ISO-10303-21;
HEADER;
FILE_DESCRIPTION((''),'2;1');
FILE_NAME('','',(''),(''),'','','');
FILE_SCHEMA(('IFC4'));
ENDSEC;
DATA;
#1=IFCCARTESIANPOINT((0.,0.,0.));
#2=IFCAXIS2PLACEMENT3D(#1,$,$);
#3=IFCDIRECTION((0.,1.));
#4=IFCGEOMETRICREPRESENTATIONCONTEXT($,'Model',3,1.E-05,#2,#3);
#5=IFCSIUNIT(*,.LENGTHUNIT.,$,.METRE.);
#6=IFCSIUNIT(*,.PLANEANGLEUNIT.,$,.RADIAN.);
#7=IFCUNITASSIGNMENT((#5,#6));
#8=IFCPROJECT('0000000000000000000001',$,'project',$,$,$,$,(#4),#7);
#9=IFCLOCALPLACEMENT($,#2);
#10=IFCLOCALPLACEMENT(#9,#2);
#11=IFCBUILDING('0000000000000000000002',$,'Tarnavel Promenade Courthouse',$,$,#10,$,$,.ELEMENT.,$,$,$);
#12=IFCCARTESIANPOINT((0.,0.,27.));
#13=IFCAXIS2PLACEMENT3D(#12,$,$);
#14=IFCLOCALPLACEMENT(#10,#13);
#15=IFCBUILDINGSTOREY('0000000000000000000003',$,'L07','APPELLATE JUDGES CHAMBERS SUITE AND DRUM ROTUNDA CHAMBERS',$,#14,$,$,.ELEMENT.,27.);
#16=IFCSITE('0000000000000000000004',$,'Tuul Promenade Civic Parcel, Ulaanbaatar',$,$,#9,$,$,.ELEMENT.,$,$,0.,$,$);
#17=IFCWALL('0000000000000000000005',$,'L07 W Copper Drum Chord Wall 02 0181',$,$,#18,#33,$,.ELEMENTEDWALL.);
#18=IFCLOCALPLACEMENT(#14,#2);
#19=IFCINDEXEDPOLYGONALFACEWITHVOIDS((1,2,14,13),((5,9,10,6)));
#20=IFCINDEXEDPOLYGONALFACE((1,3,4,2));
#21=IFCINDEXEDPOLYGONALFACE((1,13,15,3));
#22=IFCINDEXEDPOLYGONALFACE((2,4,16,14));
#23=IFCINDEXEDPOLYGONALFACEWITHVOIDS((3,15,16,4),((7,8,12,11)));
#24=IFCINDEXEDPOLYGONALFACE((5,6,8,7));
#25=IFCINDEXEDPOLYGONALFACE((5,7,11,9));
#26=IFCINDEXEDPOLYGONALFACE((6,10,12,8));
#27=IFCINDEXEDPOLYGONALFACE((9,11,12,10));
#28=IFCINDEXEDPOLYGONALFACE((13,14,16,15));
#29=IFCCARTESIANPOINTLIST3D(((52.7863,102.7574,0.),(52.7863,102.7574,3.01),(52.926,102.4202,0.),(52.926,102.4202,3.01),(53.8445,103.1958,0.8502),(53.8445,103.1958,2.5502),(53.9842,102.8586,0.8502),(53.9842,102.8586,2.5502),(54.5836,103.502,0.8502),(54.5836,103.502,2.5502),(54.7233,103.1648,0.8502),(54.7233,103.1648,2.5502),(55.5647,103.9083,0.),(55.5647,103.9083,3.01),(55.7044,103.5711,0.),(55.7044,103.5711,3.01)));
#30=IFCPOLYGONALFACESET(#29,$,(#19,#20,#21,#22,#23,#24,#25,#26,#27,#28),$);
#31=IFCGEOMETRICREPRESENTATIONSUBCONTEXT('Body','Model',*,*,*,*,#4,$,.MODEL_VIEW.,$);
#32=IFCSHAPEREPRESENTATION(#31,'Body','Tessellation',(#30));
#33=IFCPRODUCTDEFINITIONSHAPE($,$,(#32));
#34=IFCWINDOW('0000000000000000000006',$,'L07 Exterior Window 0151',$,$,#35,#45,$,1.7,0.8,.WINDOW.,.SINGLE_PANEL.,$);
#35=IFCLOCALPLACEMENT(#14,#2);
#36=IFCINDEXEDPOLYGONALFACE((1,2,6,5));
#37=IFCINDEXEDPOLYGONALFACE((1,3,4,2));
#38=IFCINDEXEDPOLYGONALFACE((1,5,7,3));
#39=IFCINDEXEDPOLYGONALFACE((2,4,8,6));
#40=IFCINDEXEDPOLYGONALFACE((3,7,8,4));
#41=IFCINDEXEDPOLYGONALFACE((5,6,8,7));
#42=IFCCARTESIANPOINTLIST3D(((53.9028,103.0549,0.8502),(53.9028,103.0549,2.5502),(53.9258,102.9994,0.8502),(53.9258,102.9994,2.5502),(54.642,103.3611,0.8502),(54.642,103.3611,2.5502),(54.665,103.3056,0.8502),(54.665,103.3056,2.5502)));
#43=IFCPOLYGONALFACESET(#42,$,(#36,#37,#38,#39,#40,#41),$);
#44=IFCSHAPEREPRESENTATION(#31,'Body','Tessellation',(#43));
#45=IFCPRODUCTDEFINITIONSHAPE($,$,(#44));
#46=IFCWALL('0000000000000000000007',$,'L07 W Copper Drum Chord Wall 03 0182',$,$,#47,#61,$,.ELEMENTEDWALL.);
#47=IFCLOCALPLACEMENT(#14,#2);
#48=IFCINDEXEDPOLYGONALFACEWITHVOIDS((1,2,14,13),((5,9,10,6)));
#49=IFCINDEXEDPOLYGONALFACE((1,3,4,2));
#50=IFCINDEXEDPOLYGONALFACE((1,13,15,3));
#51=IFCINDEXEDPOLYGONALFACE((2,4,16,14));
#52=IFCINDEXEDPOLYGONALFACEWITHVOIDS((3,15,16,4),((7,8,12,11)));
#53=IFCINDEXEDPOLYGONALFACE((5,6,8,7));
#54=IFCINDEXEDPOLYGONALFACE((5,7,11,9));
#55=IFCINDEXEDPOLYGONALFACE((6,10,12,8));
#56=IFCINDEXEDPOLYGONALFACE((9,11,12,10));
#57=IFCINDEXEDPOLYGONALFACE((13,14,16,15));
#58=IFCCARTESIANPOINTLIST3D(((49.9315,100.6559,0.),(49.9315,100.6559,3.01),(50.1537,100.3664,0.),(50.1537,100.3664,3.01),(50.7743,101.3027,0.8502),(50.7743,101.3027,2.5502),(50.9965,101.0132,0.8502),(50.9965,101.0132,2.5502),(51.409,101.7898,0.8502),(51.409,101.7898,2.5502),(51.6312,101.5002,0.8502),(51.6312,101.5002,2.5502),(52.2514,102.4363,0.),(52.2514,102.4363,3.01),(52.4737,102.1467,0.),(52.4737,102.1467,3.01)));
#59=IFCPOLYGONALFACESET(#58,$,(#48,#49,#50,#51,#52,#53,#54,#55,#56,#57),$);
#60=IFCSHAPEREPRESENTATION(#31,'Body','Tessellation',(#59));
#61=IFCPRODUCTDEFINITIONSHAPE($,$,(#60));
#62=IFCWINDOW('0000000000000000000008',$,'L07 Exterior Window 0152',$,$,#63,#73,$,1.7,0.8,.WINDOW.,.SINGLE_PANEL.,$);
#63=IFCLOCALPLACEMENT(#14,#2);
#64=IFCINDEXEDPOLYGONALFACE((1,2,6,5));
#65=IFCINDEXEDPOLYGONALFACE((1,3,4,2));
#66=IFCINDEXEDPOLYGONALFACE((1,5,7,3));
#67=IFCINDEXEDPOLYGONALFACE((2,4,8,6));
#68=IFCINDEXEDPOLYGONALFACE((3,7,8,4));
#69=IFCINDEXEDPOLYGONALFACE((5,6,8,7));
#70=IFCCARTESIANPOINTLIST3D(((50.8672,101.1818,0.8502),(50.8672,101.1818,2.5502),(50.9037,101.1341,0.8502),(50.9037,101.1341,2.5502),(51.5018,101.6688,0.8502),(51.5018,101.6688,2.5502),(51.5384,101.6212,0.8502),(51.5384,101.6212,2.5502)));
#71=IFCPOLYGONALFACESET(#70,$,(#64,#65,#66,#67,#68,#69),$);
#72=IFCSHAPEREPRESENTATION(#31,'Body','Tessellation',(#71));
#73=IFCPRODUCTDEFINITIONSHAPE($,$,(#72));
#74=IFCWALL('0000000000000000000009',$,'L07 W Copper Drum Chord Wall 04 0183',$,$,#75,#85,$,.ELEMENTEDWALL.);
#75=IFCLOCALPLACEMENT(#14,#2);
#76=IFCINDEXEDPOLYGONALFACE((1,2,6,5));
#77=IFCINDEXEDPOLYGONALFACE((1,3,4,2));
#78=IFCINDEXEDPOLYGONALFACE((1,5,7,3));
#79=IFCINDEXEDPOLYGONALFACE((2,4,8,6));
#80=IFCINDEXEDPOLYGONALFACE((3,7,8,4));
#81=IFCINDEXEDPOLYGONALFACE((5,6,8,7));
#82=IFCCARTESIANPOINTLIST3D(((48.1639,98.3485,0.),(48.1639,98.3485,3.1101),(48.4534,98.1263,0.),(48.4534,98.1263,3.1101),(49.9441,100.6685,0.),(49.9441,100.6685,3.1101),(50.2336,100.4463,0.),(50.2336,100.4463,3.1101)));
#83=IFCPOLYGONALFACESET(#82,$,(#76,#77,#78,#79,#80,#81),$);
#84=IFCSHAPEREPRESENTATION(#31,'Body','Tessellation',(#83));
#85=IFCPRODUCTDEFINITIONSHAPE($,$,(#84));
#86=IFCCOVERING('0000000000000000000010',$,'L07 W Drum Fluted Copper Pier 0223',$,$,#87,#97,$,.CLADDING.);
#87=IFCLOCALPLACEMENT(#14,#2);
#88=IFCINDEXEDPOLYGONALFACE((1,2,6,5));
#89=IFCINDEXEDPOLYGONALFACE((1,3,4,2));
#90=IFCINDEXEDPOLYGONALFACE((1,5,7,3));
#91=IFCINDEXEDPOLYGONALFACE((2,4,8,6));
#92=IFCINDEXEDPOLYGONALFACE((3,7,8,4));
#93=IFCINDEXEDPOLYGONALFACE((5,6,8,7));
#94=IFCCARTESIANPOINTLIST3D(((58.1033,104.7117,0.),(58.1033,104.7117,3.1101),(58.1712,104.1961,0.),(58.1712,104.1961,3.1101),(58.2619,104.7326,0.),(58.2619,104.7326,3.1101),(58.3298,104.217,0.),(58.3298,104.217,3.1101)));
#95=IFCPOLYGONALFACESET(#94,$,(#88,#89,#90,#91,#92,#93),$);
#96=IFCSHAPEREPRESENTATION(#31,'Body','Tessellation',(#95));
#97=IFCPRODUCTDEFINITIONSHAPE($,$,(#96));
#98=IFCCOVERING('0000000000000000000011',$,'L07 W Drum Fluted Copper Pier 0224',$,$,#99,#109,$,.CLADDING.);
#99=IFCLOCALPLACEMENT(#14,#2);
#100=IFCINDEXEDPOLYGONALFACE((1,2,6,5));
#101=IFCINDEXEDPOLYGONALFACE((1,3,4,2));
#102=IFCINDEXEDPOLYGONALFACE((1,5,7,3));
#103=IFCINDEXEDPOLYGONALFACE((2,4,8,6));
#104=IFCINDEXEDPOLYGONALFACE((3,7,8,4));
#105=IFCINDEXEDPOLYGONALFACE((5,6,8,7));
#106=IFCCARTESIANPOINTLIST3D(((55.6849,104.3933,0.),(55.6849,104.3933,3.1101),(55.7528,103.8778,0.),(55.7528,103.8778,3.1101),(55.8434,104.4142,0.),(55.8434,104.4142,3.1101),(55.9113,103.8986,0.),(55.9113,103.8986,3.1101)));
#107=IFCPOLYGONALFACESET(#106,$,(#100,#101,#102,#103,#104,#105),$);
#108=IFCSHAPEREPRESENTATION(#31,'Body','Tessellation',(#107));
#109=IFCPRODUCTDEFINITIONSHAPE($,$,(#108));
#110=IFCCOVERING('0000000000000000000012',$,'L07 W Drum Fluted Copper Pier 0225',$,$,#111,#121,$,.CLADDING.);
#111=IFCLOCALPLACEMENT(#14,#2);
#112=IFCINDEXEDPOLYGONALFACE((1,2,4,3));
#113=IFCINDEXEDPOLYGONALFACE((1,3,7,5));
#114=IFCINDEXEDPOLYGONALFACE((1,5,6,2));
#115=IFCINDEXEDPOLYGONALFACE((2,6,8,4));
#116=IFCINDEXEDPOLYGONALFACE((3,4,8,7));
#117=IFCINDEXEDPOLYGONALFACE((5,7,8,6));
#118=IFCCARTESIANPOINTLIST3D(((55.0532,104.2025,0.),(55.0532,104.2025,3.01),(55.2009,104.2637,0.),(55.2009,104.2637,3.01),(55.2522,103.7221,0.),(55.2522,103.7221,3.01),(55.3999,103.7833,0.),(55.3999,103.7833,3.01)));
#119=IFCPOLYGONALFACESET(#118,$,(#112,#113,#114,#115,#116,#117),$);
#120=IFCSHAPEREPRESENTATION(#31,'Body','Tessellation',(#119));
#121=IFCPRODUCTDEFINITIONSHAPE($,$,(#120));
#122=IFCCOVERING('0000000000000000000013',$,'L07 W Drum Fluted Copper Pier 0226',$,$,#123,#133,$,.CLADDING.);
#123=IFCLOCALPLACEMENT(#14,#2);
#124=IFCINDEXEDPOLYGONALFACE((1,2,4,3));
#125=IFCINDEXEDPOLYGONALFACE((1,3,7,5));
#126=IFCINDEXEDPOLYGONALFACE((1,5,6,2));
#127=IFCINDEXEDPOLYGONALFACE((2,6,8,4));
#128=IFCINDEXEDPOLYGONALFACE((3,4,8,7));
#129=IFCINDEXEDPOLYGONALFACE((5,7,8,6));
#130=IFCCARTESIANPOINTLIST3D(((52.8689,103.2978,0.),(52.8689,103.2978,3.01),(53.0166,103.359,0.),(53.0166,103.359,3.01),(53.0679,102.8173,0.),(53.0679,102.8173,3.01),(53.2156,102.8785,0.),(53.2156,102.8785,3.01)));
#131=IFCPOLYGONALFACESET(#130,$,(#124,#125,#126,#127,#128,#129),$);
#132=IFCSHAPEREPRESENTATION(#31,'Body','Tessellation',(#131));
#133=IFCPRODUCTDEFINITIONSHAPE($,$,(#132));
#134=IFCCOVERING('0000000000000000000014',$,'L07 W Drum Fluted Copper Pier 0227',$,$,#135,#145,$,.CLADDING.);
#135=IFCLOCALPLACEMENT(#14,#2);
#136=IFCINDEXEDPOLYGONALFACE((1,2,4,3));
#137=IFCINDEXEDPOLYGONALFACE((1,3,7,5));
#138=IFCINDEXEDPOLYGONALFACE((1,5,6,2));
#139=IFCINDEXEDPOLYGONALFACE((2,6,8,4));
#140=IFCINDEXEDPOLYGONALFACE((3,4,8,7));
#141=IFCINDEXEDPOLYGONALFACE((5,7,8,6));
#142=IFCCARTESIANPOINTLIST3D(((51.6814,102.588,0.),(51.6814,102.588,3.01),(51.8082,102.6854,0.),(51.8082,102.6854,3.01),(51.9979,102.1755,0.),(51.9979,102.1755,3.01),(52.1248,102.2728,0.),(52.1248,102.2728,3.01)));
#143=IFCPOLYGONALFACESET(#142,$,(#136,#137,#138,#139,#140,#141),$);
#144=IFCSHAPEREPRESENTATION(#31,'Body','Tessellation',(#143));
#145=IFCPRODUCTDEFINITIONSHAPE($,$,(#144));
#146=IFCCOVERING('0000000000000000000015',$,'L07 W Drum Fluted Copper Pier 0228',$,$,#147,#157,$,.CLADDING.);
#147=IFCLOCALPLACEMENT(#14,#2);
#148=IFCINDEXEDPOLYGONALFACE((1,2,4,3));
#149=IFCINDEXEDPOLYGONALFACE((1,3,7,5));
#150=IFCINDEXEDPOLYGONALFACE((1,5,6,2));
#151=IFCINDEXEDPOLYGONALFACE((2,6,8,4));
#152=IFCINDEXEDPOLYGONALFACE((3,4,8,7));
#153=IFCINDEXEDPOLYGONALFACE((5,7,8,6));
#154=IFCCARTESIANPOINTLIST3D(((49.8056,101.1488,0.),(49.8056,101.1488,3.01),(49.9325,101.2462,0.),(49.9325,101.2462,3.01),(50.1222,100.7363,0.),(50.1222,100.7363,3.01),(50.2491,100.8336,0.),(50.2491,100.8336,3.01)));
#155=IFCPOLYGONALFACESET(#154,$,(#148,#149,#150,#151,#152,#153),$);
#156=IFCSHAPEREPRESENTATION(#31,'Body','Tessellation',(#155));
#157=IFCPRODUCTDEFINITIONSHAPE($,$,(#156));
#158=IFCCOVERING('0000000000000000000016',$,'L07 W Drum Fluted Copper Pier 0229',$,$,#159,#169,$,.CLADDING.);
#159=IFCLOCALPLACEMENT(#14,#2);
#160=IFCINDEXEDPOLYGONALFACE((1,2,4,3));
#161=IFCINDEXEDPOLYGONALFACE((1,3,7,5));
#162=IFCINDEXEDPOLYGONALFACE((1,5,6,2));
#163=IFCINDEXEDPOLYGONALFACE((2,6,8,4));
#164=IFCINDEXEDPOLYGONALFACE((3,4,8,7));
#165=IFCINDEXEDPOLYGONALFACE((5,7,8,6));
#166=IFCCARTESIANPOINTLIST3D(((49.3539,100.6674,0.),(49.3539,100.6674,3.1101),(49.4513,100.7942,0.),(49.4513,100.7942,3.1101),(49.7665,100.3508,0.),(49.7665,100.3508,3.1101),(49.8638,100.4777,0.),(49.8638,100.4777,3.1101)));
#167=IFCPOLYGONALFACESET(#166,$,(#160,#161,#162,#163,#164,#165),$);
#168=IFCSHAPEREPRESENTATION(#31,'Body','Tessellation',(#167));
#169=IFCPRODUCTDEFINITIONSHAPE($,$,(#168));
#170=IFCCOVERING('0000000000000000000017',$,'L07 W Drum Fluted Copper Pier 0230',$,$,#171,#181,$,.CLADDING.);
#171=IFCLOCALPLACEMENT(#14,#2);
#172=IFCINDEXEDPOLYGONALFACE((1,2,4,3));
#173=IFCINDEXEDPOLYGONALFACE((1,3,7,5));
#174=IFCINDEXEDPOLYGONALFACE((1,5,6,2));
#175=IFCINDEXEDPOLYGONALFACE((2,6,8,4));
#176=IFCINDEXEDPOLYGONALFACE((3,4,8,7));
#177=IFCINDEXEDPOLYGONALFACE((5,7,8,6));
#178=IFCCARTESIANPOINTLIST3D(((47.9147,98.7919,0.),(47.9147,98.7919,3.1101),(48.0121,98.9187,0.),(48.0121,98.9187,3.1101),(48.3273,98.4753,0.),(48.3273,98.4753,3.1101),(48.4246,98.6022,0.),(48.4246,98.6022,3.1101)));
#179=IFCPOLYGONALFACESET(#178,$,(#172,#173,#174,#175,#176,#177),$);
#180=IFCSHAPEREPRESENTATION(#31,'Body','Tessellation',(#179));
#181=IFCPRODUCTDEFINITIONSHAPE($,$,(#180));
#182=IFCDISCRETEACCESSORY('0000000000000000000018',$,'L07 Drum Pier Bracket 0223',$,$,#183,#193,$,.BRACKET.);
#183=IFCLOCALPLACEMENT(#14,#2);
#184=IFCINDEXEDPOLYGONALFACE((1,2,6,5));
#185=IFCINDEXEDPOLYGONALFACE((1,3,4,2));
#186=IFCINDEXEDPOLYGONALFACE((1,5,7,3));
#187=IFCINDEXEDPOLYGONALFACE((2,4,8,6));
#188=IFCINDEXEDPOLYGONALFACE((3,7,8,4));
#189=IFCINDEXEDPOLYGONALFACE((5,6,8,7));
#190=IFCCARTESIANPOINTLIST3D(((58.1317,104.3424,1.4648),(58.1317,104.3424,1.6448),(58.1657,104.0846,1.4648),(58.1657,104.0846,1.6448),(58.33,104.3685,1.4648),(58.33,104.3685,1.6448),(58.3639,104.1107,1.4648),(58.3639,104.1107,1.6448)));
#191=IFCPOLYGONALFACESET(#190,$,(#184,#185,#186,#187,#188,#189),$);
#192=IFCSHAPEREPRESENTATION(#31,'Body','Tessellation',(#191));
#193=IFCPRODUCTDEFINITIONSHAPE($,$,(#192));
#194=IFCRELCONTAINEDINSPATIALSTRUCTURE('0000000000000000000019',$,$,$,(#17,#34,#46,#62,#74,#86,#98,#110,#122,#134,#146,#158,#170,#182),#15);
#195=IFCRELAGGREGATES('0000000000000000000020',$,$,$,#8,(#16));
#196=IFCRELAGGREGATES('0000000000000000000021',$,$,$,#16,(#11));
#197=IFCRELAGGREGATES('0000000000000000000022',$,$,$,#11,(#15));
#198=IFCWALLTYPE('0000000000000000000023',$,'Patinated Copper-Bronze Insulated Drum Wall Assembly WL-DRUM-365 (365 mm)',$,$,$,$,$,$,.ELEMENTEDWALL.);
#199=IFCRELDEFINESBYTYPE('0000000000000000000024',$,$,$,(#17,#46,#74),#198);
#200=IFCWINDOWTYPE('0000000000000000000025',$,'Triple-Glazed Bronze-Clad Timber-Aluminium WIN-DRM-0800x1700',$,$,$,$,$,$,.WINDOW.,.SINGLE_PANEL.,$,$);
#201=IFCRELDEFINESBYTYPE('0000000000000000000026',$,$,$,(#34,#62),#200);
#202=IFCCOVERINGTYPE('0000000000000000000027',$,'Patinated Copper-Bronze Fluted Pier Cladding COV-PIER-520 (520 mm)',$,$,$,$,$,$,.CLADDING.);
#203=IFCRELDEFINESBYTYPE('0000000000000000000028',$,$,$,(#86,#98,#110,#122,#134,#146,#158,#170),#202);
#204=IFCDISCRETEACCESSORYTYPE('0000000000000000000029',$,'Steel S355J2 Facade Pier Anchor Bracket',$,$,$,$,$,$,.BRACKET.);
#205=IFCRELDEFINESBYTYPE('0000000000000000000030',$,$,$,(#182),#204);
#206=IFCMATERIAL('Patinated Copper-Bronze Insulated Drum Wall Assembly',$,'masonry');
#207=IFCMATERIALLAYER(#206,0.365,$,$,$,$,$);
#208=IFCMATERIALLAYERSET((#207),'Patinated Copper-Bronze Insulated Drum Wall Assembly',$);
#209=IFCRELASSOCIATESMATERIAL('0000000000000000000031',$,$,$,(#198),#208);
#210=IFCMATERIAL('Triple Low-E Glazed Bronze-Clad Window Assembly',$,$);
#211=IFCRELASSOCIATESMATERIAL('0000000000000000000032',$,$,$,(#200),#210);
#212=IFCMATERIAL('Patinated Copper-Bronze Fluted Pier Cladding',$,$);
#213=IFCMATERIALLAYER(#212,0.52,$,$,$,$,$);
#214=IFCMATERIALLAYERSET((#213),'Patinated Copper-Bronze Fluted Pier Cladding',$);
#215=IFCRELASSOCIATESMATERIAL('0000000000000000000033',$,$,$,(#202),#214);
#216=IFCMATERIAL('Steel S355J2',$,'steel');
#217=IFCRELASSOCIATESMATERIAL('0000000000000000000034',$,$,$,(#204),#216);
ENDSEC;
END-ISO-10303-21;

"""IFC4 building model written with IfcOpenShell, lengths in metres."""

from ifc_helpers import new_model, si_unit, direction, frame, frame_2d, origin, origin_2d, place, context, subcontext, project, spatial, rectangle, extrude, material, layer, layer_set, type_object, element, fill, save


model = new_model("IFC4")

# Units and contexts
model_context = context("Model", 3, precision=1e-05, world=origin(), true_north=direction((0.0, 1.0)))
body_context = subcontext(model_context, "Body", "Model", "MODEL_VIEW")
ifc_project = project(units=[si_unit("LENGTHUNIT", "METRE"), si_unit("PLANEANGLEUNIT", "RADIAN")], contexts=[model_context])

# Site, building, storey
site_placement = place(None, origin())
site = spatial("IfcSite", under=ifc_project, at=site_placement, Name="Tuul Promenade Civic Parcel, Ulaanbaatar", CompositionType="ELEMENT", RefElevation=0.0)
building_placement = place(site_placement, origin())
building = spatial("IfcBuilding", under=site, at=building_placement, Name="Tarnavel Promenade Courthouse", CompositionType="ELEMENT")
storey_placement = place(building_placement, frame((0.0, 0.0, 27.0)))
storey = spatial("IfcBuildingStorey", under=building, at=storey_placement, Name="L07", Description="APPELLATE JUDGES CHAMBERS SUITE AND DRUM ROTUNDA CHAMBERS", CompositionType="ELEMENT", Elevation=27.0)

# Shared definitions
ifc_material_1 = material(Name="Steel S355J2", Category="steel")

# Walls, openings, windows
ifc_material_2 = material(Name="Patinated Copper-Bronze Insulated Drum Wall Assembly", Category="masonry")
ifc_layer_1 = layer(ifc_material_2, 0.365)
ifc_layer_set_1 = layer_set([ifc_layer_1], Name="Patinated Copper-Bronze Insulated Drum Wall Assembly")
wall_type_1 = type_object("IfcWallType", Name="Patinated Copper-Bronze Insulated Drum Wall Assembly WL-DRUM-365 (365 mm)", PredefinedType="ELEMENTEDWALL", material=ifc_layer_set_1)
wall_1_placement = place(storey_placement, frame((55.6345, 103.7397, 0.0), z_axis=(0.0, 0.0, 1.0), x_axis=(-0.923872, -0.382701, 0.0)))
wall_1 = element("IfcWall", 1, at=wall_1_placement, inside=storey, type_object=wall_type_1, Name="L07 W Copper Drum Chord Wall 02 0181", PredefinedType="ELEMENTEDWALL", context=body_context, shape_type="SweptSolid", body=[
    extrude(rectangle(XDim=3.0073, YDim=0.365, at=frame_2d((1.5037, 0.0))), origin(), (0.0, 0.0, 1.0), 3.01),
])
opening_1_placement = place(wall_1_placement, frame((1.062, 0.0, 0.8501)))
opening_1 = element("IfcOpeningElement", 2, at=opening_1_placement, cuts=wall_1, PredefinedType="OPENING", context=body_context, shape_type="SweptSolid", body=[
    extrude(rectangle(XDim=0.8, YDim=1.7, at=frame_2d((0.3999, 0.8501))), frame((0.0, 0.1924, 0.0), z_axis=(0.0, -1.0, 0.0), x_axis=(1.0, 0.0, 0.0)), (0.0, 0.0, 1.0), 0.385),
])
ifc_material_3 = material(Name="Triple Low-E Glazed Bronze-Clad Window Assembly")
window_type = type_object("IfcWindowType", Name="Triple-Glazed Bronze-Clad Timber-Aluminium WIN-DRM-0800x1700", PartitioningType="SINGLE_PANEL", PredefinedType="WINDOW", material=ifc_material_3)
window_1_placement = place(opening_1_placement, origin())
window_1 = element("IfcWindow", 3, at=window_1_placement, inside=storey, type_object=window_type, Name="L07 Exterior Window 0151", OverallHeight=1.7, OverallWidth=0.8, PartitioningType="SINGLE_PANEL", PredefinedType="WINDOW", context=body_context, shape_type="SweptSolid", body=[
    extrude(rectangle(XDim=0.8, YDim=1.7, at=frame_2d((0.3999, 0.8501))), frame((0.0, 0.03, 0.0), z_axis=(0.0, -1.0, 0.0), x_axis=(1.0, 0.0, 0.0)), (0.0, 0.0, 1.0), 0.0601),
])
fill(opening_1, window_1)
wall_2_placement = place(storey_placement, frame((52.3625, 102.2915, 0.0), z_axis=(0.0, 0.0, 1.0), x_axis=(-0.793319, -0.608807, 0.0)))
wall_2 = element("IfcWall", 4, at=wall_2_placement, inside=storey, type_object=wall_type_1, Name="L07 W Copper Drum Chord Wall 03 0182", PredefinedType="ELEMENTEDWALL", context=body_context, shape_type="SweptSolid", body=[
    extrude(rectangle(XDim=2.9243, YDim=0.365, at=frame_2d((1.4622, 0.0))), origin(), (0.0, 0.0, 1.0), 3.01),
])
opening_2_placement = place(wall_2_placement, frame((1.062, 0.0, 0.8501)))
opening_2 = element("IfcOpeningElement", 5, at=opening_2_placement, cuts=wall_2, PredefinedType="OPENING", context=body_context, shape_type="SweptSolid", body=[
    extrude(rectangle(XDim=0.8, YDim=1.7, at=frame_2d((0.3999, 0.8501))), frame((0.0, 0.1924, 0.0), z_axis=(0.0, -1.0, 0.0), x_axis=(1.0, 0.0, 0.0)), (0.0, 0.0, 1.0), 0.385),
])
window_2_placement = place(opening_2_placement, origin())
window_2 = element("IfcWindow", 6, at=window_2_placement, inside=storey, type_object=window_type, Name="L07 Exterior Window 0152", OverallHeight=1.7, OverallWidth=0.8, PartitioningType="SINGLE_PANEL", PredefinedType="WINDOW", context=body_context, shape_type="SweptSolid", body=[
    extrude(rectangle(XDim=0.8, YDim=1.7, at=frame_2d((0.3999, 0.8501))), frame((0.0, 0.03, 0.0), z_axis=(0.0, -1.0, 0.0), x_axis=(1.0, 0.0, 0.0)), (0.0, 0.0, 1.0), 0.0601),
])
fill(opening_2, window_2)

# Wall
wall_3_placement = place(storey_placement, frame((50.0889, 100.5574, 0.0), z_axis=(0.0, 0.0, 1.0), x_axis=(-0.608766, -0.79335, 0.0)))
element("IfcWall", 7, at=wall_3_placement, inside=storey, type_object=wall_type_1, Name="L07 W Copper Drum Chord Wall 04 0183", PredefinedType="ELEMENTEDWALL", context=body_context, shape_type="SweptSolid", body=[
    extrude(rectangle(XDim=2.9243, YDim=0.365, at=frame_2d((1.4622, 0.0))), origin(), (0.0, 0.0, 1.0), 3.1101),
])

# Coverings
ifc_material_4 = material(Name="Patinated Copper-Bronze Fluted Pier Cladding")
ifc_layer_2 = layer(ifc_material_4, 0.52)
ifc_layer_set_2 = layer_set([ifc_layer_2], Name="Patinated Copper-Bronze Fluted Pier Cladding")
covering_type = type_object("IfcCoveringType", Name="Patinated Copper-Bronze Fluted Pier Cladding COV-PIER-520 (520 mm)", PredefinedType="CLADDING", material=ifc_layer_set_2)
for number, where, z_axis, x_axis, name in (
    (8, (58.2166, 104.4644, 0.0), (0.0, 0.0, 1.0), (-0.991445, -0.130526, 0.0), "L07 W Drum Fluted Copper Pier 0223"),
    (9, (55.7981, 104.146, 0.0), (0.0, 0.0, 1.0), (-0.991445, -0.130526, 0.0), "L07 W Drum Fluted Copper Pier 0224"),
):
    element("IfcCovering", number, at=place(storey_placement, frame(where, z_axis=z_axis, x_axis=x_axis)), inside=storey, type_object=covering_type, Name=name, PredefinedType="CLADDING", context=body_context, shape_type="SweptSolid", body=[
        extrude(rectangle(XDim=0.1599, YDim=0.52, at=origin_2d()), origin(), (0.0, 0.0, 1.0), 3.1101),
    ])
for number, where, z_axis, x_axis, name in (
    (10, (55.2266, 103.9929, 0.0), (0.0, 0.0, 1.0), (-0.92388, -0.382683, 0.0), "L07 W Drum Fluted Copper Pier 0225"),
    (11, (53.0422, 103.0881, 0.0), (0.0, 0.0, 1.0), (-0.92388, -0.382683, 0.0), "L07 W Drum Fluted Copper Pier 0226"),
    (12, (51.9031, 102.4304, 0.0), (0.0, 0.0, 1.0), (-0.793353, -0.608761, 0.0), "L07 W Drum Fluted Copper Pier 0227"),
    (13, (50.0273, 100.9912, 0.0), (0.0, 0.0, 1.0), (-0.793353, -0.608761, 0.0), "L07 W Drum Fluted Copper Pier 0228"),
):
    element("IfcCovering", number, at=place(storey_placement, frame(where, z_axis=z_axis, x_axis=x_axis)), inside=storey, type_object=covering_type, Name=name, PredefinedType="CLADDING", context=body_context, shape_type="SweptSolid", body=[
        extrude(rectangle(XDim=0.1599, YDim=0.52, at=origin_2d()), origin(), (0.0, 0.0, 1.0), 3.01),
    ])
for number, where, z_axis, x_axis, name in (
    (14, (49.6089, 100.5725, 0.0), (0.0, 0.0, 1.0), (-0.608761, -0.793353, 0.0), "L07 W Drum Fluted Copper Pier 0229"),
    (15, (48.1697, 98.697, 0.0), (0.0, 0.0, 1.0), (-0.608761, -0.793353, 0.0), "L07 W Drum Fluted Copper Pier 0230"),
):
    element("IfcCovering", number, at=place(storey_placement, frame(where, z_axis=z_axis, x_axis=x_axis)), inside=storey, type_object=covering_type, Name=name, PredefinedType="CLADDING", context=body_context, shape_type="SweptSolid", body=[
        extrude(rectangle(XDim=0.1599, YDim=0.52, at=origin_2d()), origin(), (0.0, 0.0, 1.0), 3.1101),
    ])

# Discrete accessory
discrete_accessory_type = type_object("IfcDiscreteAccessoryType", Name="Steel S355J2 Facade Pier Anchor Bracket", PredefinedType="BRACKET", material=ifc_material_1)
for number, where, z_axis, x_axis, name in (
    (16, (58.2478, 104.2266, 1.4648), (0.0, 0.0, 1.0), (-0.991445, -0.130526, 0.0), "L07 Drum Pier Bracket 0223"),
):
    element("IfcDiscreteAccessory", number, at=place(storey_placement, frame(where, z_axis=z_axis, x_axis=x_axis)), inside=storey, type_object=discrete_accessory_type, Name=name, PredefinedType="BRACKET", context=body_context, shape_type="SweptSolid", body=[
        extrude(rectangle(XDim=0.2, YDim=0.26, at=origin_2d()), origin(), (0.0, 0.0, 1.0), 0.1799),
    ])

save(model, "model.ifc")
